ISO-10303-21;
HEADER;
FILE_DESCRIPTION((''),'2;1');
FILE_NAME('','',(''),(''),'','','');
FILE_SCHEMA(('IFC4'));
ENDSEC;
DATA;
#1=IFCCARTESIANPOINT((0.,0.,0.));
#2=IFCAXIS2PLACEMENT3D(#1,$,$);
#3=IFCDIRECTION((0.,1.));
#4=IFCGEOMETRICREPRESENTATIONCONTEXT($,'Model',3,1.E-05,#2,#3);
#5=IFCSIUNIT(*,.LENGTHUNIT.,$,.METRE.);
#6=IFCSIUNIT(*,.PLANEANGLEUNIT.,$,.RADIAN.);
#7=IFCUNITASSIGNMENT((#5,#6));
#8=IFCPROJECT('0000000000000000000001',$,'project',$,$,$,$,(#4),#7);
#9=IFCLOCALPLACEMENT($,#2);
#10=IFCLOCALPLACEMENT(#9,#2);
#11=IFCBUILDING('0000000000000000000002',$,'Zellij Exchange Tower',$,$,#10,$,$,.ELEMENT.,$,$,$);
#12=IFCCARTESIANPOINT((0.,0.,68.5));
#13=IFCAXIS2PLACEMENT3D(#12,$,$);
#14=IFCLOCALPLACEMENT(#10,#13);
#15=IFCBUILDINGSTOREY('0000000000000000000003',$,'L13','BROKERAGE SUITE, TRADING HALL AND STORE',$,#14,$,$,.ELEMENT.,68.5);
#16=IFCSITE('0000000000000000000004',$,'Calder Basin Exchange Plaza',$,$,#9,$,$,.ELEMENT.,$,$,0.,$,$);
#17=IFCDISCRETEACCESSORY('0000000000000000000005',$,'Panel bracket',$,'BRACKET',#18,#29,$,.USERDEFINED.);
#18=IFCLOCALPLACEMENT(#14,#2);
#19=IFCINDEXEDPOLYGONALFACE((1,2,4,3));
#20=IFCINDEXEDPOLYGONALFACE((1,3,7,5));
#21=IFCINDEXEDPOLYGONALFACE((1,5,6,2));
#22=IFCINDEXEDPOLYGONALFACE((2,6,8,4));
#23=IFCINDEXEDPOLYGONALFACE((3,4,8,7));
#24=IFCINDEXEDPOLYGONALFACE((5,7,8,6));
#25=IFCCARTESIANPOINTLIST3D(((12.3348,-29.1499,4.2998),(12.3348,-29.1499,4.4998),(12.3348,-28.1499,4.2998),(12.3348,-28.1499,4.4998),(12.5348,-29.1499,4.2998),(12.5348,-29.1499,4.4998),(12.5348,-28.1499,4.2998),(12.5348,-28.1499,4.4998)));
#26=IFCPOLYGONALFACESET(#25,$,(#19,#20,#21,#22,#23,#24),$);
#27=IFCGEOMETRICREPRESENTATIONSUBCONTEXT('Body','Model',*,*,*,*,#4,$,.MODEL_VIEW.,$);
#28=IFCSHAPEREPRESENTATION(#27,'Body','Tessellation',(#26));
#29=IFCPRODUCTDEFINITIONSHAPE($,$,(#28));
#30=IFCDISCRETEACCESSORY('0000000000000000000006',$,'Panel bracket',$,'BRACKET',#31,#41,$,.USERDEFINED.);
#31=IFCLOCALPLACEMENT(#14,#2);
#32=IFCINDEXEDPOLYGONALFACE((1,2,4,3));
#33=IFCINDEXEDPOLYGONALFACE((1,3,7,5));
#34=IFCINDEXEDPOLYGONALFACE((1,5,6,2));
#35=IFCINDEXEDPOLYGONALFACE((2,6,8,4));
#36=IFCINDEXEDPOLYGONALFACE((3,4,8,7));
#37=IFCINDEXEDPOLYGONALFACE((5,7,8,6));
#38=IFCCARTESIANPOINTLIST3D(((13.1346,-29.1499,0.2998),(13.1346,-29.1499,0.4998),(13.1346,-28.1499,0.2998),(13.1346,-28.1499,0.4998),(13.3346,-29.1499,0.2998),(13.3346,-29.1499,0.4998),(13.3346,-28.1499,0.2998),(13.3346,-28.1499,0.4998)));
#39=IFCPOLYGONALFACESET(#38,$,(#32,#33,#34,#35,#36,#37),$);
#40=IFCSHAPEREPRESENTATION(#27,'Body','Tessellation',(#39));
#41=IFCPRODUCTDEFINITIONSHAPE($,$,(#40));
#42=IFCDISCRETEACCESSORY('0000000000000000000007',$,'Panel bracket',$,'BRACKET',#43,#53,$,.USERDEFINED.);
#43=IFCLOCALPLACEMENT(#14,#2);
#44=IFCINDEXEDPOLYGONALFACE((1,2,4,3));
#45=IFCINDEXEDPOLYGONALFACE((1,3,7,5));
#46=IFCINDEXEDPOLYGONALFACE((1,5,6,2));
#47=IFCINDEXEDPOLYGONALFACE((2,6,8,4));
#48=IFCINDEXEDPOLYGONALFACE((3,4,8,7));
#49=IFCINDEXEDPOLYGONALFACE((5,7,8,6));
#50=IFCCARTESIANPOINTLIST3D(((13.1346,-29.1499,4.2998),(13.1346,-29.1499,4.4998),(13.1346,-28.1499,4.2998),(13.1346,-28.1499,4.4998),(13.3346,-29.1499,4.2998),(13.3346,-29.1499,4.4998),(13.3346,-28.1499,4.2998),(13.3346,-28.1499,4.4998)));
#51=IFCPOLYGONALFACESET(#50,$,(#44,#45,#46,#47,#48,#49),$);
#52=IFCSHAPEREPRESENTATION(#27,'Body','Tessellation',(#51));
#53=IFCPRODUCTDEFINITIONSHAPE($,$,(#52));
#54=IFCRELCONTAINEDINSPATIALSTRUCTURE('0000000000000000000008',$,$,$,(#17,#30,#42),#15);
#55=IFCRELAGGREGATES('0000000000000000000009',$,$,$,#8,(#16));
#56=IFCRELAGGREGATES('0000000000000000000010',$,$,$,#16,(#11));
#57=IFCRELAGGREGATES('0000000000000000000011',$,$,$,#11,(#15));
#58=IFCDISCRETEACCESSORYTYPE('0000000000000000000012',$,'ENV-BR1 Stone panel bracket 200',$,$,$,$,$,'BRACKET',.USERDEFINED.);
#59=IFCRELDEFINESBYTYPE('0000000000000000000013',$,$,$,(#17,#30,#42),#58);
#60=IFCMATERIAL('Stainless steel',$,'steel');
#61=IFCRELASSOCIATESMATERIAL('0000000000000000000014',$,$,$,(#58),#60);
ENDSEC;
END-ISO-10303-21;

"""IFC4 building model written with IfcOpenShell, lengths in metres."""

from ifc_helpers import new_model, si_unit, direction, frame, origin, origin_2d, place, context, subcontext, project, spatial, rectangle, extrude, material, type_object, element, save


model = new_model("IFC4")

# Units and contexts
model_context = context("Model", 3, precision=1e-05, world=origin(), true_north=direction((0.0, 1.0)))
body_context = subcontext(model_context, "Body", "Model", "MODEL_VIEW")
ifc_project = project(units=[si_unit("LENGTHUNIT", "METRE"), si_unit("PLANEANGLEUNIT", "RADIAN")], contexts=[model_context])

# Site, building, storey
site_placement = place(None, origin())
site = spatial("IfcSite", under=ifc_project, at=site_placement, Name="Calder Basin Exchange Plaza", CompositionType="ELEMENT", RefElevation=0.0)
building_placement = place(site_placement, origin())
building = spatial("IfcBuilding", under=site, at=building_placement, Name="Zellij Exchange Tower", CompositionType="ELEMENT")
storey_placement = place(building_placement, frame((0.0, 0.0, 68.5)))
storey = spatial("IfcBuildingStorey", under=building, at=storey_placement, Name="L13", Description="BROKERAGE SUITE, TRADING HALL AND STORE", CompositionType="ELEMENT", Elevation=68.5)

# Discrete accessories
ifc_material_1 = material(Name="Stainless steel", Category="steel")
discrete_accessory_type = type_object("IfcDiscreteAccessoryType", Name="ENV-BR1 Stone panel bracket 200", ElementType="BRACKET", PredefinedType="USERDEFINED", material=ifc_material_1)
for number, where, z_axis, x_axis, name in (
    (1, (12.4348, -28.6499, 4.2998), (0.0, 0.0, 1.0), (1.0, 0.0, 0.0), "Panel bracket"),
    (2, (13.2346, -28.6499, 0.2998), (0.0, 0.0, 1.0), (1.0, 0.0, 0.0), "Panel bracket"),
    (3, (13.2346, -28.6499, 4.2998), (0.0, 0.0, 1.0), (1.0, 0.0, 0.0), "Panel bracket"),
):
    element("IfcDiscreteAccessory", number, at=place(storey_placement, frame(where, z_axis=z_axis, x_axis=x_axis)), inside=storey, type_object=discrete_accessory_type, Name=name, ObjectType="BRACKET", PredefinedType="USERDEFINED", context=body_context, shape_type="SweptSolid", body=[
        extrude(rectangle(XDim=0.2, YDim=1.0, at=origin_2d()), origin(), (0.0, 0.0, 1.0), 0.2),
    ])

save(model, "model.ifc")
